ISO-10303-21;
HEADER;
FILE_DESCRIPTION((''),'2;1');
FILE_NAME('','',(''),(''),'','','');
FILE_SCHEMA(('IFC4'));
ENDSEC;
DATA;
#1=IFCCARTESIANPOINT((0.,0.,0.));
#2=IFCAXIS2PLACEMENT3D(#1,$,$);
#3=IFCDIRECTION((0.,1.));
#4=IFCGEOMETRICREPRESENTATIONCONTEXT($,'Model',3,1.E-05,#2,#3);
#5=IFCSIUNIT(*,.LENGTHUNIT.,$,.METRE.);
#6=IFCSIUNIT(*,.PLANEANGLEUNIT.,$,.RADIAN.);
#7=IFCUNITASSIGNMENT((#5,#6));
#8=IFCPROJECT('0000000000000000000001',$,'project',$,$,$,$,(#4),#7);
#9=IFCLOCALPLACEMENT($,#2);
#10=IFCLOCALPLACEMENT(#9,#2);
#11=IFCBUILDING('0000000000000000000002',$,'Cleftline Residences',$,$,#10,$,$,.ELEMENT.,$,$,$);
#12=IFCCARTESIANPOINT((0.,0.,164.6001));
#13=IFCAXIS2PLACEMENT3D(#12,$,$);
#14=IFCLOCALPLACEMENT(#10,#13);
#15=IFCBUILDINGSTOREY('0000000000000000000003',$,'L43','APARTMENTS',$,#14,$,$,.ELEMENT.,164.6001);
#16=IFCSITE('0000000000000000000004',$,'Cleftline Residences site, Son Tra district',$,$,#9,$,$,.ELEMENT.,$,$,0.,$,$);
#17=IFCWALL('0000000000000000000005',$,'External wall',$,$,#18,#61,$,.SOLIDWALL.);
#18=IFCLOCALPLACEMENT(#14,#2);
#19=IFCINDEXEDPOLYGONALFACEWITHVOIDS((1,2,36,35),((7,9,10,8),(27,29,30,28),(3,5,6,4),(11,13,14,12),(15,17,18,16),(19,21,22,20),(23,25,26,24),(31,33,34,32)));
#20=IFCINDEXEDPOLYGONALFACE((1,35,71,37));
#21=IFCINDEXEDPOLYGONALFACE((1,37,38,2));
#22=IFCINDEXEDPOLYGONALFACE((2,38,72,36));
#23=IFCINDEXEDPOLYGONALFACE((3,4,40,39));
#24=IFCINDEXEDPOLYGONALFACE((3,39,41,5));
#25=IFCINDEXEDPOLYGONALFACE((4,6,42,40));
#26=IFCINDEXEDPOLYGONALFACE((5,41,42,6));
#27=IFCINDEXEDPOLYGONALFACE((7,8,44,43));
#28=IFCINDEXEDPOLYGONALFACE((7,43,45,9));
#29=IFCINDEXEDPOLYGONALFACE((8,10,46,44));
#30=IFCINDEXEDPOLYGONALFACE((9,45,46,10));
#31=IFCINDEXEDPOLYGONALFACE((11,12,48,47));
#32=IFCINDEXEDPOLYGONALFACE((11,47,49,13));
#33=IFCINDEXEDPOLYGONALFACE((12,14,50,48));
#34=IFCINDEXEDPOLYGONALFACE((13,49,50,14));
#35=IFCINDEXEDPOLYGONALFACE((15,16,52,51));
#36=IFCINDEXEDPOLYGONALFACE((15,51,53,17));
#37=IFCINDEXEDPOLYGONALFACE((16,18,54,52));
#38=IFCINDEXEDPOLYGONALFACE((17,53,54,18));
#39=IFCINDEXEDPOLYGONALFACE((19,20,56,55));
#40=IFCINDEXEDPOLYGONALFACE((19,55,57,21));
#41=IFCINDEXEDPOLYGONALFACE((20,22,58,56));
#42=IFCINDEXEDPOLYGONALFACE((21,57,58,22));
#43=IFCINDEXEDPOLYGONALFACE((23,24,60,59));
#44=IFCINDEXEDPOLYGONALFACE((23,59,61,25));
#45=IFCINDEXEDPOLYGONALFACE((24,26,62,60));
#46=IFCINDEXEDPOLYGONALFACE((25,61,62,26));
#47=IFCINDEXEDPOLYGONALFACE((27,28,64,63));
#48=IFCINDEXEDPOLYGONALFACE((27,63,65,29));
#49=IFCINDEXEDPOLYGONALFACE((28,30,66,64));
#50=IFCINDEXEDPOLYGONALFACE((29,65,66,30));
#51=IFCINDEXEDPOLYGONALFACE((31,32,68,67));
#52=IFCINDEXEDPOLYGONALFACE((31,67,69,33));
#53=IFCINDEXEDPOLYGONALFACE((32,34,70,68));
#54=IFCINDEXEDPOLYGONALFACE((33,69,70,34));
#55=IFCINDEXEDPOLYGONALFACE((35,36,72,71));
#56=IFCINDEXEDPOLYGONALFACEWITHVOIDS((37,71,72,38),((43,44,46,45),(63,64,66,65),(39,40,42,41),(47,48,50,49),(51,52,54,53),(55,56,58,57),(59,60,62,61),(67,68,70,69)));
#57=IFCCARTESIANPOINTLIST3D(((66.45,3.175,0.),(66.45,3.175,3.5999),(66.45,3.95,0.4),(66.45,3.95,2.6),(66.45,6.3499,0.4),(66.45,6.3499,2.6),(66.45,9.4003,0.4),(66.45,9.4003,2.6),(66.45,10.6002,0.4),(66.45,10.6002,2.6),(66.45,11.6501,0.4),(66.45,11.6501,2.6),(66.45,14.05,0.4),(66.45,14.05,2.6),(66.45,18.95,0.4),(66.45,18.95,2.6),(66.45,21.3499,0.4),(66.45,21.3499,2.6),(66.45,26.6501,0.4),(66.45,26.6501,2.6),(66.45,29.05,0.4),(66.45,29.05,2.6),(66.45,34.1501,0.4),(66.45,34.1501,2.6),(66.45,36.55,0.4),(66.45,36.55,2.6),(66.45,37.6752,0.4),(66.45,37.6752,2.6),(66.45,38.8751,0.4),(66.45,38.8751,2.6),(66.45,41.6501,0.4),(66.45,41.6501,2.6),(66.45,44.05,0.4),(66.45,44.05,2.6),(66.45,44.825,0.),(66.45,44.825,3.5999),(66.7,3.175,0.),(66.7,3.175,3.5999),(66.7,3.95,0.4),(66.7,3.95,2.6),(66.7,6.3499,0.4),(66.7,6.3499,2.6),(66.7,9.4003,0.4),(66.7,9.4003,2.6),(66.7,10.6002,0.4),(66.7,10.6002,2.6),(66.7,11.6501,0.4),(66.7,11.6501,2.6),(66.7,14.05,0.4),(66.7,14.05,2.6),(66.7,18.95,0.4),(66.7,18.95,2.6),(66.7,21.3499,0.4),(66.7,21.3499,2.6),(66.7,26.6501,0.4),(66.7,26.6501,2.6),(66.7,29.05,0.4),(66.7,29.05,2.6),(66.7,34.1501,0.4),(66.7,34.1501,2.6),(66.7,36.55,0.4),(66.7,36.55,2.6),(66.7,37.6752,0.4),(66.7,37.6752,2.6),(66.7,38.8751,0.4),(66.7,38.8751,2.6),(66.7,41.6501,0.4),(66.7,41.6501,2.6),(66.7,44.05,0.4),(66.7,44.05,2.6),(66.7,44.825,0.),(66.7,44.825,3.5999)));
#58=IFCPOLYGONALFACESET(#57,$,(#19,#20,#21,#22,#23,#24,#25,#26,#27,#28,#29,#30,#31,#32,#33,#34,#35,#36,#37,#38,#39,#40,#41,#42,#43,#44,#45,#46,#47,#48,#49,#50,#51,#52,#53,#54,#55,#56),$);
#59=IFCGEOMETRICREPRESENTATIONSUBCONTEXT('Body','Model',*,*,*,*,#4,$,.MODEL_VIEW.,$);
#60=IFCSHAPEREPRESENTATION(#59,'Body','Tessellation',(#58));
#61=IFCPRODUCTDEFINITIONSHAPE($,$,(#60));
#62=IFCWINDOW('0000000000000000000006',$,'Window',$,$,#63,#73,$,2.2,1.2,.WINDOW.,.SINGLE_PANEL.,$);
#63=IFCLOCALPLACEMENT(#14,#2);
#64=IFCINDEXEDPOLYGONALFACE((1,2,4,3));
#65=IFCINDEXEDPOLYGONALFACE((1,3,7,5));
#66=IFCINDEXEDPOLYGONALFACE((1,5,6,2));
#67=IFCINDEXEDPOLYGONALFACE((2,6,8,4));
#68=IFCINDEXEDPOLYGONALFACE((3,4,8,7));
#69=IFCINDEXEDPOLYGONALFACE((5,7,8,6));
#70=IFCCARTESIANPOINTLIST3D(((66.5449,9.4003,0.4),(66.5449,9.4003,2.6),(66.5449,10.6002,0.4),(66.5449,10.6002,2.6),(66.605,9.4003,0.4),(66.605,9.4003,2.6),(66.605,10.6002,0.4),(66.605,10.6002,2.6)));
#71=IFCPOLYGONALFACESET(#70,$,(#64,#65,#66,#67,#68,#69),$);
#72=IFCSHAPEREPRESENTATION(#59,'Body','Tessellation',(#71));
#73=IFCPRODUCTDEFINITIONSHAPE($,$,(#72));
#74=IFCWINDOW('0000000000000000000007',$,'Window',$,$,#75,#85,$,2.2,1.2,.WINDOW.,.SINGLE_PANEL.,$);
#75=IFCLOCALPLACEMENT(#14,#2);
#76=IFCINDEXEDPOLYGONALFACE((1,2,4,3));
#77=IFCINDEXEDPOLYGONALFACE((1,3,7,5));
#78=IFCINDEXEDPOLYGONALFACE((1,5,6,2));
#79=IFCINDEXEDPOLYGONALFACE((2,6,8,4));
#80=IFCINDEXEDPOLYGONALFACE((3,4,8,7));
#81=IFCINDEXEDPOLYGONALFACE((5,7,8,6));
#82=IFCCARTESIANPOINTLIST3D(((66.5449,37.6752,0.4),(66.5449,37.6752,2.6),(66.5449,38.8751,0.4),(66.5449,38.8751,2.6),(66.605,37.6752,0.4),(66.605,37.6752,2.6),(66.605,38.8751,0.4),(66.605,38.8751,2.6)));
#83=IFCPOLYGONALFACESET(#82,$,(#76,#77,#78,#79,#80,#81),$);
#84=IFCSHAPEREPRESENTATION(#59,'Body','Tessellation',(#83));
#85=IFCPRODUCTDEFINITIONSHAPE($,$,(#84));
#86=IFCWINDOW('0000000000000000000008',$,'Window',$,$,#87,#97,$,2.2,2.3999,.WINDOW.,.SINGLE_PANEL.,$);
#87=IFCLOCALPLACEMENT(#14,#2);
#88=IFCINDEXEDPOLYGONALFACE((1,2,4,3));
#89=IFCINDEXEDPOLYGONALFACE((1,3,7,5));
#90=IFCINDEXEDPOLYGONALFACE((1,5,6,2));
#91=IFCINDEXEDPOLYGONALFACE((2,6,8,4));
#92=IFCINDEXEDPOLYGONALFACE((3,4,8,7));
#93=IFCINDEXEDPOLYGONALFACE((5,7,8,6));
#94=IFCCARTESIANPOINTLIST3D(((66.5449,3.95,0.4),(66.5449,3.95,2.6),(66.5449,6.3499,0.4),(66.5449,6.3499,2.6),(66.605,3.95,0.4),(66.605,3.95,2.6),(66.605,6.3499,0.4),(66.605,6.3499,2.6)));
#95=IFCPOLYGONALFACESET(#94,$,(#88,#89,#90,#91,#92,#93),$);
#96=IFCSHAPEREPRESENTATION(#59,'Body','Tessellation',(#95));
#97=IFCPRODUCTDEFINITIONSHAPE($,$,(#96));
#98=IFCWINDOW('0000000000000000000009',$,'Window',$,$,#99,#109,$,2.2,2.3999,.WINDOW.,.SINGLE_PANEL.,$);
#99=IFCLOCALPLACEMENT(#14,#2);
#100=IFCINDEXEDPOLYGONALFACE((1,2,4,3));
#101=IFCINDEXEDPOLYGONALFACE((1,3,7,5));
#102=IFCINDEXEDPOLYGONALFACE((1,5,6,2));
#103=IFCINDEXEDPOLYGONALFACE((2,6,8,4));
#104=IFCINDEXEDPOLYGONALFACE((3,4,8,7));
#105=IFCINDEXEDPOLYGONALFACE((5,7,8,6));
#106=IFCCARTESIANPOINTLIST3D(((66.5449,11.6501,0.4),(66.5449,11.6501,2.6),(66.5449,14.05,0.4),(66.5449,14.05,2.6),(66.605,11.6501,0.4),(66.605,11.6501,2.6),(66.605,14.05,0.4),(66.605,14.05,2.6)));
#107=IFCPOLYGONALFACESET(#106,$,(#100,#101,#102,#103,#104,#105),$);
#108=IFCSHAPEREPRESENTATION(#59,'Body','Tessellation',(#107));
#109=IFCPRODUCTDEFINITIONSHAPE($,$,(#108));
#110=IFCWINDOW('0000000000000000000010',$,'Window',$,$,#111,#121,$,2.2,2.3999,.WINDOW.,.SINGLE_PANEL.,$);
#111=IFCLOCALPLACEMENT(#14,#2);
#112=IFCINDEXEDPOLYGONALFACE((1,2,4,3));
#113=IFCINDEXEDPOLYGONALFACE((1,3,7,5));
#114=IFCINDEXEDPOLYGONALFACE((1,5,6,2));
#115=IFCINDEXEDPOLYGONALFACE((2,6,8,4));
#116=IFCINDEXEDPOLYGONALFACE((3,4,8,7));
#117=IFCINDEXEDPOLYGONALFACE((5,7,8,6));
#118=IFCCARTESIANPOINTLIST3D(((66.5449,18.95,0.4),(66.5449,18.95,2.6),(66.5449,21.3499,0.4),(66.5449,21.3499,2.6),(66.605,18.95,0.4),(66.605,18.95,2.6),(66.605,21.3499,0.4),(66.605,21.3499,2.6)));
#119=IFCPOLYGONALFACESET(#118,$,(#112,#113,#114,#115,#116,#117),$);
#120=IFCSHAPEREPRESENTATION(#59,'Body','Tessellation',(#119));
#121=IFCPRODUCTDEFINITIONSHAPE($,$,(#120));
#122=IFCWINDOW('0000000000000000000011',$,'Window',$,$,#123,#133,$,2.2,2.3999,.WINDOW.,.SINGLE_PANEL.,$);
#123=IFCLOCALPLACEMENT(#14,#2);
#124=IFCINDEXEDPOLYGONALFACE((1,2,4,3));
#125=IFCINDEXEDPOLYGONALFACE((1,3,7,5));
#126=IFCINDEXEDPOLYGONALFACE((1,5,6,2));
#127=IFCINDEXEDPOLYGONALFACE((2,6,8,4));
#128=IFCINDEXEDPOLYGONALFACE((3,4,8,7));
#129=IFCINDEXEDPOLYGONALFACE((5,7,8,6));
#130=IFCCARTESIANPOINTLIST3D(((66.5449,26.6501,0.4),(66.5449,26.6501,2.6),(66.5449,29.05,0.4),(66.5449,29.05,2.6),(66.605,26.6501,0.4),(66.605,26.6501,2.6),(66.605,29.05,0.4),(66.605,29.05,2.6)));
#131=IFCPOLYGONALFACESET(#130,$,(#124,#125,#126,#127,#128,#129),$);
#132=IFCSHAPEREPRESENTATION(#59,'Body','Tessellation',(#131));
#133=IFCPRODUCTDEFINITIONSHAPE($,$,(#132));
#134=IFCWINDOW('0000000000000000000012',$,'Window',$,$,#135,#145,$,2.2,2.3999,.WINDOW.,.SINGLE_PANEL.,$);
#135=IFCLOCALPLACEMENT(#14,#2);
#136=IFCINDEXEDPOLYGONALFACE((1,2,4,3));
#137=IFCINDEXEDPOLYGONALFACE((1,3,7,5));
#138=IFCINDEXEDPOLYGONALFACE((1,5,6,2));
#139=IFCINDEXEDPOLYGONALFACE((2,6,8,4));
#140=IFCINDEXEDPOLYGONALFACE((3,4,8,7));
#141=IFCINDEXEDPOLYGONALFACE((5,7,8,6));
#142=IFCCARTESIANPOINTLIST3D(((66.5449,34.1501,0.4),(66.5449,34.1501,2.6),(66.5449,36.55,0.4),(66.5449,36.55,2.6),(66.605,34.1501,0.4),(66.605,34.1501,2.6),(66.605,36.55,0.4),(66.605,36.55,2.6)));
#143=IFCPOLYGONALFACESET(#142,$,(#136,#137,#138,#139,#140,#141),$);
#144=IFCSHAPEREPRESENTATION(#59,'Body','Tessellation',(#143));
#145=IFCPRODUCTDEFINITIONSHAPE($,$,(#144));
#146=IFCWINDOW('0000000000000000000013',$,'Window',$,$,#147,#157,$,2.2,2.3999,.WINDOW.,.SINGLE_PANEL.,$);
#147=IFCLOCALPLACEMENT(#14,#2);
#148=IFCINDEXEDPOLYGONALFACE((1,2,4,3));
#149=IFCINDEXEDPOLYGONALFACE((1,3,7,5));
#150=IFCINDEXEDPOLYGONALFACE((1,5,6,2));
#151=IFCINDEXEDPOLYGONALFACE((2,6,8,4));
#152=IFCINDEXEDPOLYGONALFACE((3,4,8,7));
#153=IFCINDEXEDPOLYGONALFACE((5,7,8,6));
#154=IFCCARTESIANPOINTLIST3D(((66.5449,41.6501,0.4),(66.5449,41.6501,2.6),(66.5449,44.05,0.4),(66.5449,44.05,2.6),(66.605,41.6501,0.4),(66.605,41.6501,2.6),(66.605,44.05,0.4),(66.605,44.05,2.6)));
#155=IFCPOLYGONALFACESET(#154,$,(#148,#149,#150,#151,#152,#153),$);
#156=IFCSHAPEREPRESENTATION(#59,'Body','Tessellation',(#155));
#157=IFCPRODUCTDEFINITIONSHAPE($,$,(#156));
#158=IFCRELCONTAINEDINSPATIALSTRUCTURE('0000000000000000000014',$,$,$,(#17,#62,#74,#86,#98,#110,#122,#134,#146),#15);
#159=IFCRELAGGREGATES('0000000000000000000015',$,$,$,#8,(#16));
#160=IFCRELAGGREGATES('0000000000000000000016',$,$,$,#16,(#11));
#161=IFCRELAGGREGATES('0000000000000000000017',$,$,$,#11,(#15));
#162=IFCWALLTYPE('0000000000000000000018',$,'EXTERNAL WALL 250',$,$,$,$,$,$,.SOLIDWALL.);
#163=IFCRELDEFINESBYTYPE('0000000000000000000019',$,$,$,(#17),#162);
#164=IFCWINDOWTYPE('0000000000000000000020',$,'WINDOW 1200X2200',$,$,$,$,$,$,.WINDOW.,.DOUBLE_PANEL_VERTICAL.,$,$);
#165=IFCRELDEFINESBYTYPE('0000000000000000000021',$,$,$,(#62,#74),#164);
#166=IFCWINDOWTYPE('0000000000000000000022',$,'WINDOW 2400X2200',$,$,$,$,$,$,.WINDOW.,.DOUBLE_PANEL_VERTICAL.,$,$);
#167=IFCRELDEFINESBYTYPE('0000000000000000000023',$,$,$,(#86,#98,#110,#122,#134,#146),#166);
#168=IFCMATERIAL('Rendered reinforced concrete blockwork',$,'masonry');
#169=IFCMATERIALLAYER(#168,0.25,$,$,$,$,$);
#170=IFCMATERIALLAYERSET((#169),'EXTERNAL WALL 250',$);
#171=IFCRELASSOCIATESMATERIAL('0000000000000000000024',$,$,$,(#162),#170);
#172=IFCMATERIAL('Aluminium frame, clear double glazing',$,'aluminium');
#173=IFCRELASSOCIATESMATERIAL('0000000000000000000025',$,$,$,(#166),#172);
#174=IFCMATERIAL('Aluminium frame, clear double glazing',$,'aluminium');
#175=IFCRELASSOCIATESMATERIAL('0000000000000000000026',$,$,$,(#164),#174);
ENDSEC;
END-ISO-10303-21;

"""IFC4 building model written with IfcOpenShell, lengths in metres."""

from ifc_helpers import new_model, si_unit, direction, frame, frame_2d, origin, place, context, subcontext, project, spatial, rectangle, extrude, material, layer, layer_set, type_object, element, fill, save


model = new_model("IFC4")

# Units and contexts
model_context = context("Model", 3, precision=1e-05, world=origin(), true_north=direction((0.0, 1.0)))
body_context = subcontext(model_context, "Body", "Model", "MODEL_VIEW")
ifc_project = project(units=[si_unit("LENGTHUNIT", "METRE"), si_unit("PLANEANGLEUNIT", "RADIAN")], contexts=[model_context])

# Site, building, storey
site_placement = place(None, origin())
site = spatial("IfcSite", under=ifc_project, at=site_placement, Name="Cleftline Residences site, Son Tra district", CompositionType="ELEMENT", RefElevation=0.0)
building_placement = place(site_placement, origin())
building = spatial("IfcBuilding", under=site, at=building_placement, Name="Cleftline Residences", CompositionType="ELEMENT")
storey_placement = place(building_placement, frame((0.0, 0.0, 164.6001)))
storey = spatial("IfcBuildingStorey", under=building, at=storey_placement, Name="L43", Description="APARTMENTS", CompositionType="ELEMENT", Elevation=164.6001)

# Shared definitions
ifc_material_1 = material(Name="Rendered reinforced concrete blockwork", Category="masonry")
ifc_layer_1 = layer(ifc_material_1, 0.25)
ifc_layer_set_1 = layer_set([ifc_layer_1], Name="EXTERNAL WALL 250")
wall_type_1 = type_object("IfcWallType", Name="EXTERNAL WALL 250", PredefinedType="SOLIDWALL", material=ifc_layer_set_1)
ifc_material_2 = material(Name="Aluminium frame, clear double glazing", Category="aluminium")
window_type_1 = type_object("IfcWindowType", Name="WINDOW 2400X2200", PartitioningType="DOUBLE_PANEL_VERTICAL", PredefinedType="WINDOW", material=ifc_material_2)

# Wall, openings, windows
wall_1_placement = place(storey_placement, frame((66.575, 3.175, 0.0), z_axis=(0.0, 0.0, 1.0), x_axis=(0.0, 1.0, 0.0)))
wall_1 = element("IfcWall", 1, at=wall_1_placement, inside=storey, type_object=wall_type_1, Name="External wall", PredefinedType="SOLIDWALL", context=body_context, shape_type="SweptSolid", body=[
    extrude(rectangle(XDim=41.6499, YDim=0.25, at=frame_2d((20.825, 0.0))), origin(), (0.0, 0.0, 1.0), 3.5999),
])
opening_1_placement = place(wall_1_placement, frame((0.7749, 0.0, 0.3999)))
opening_1 = element("IfcOpeningElement", 2, at=opening_1_placement, cuts=wall_1, PredefinedType="OPENING", context=body_context, shape_type="SweptSolid", body=[
    extrude(rectangle(XDim=2.3999, YDim=2.2, at=frame_2d((1.2, 1.1001))), frame((0.0, 0.135, 0.0), z_axis=(0.0, -1.0, 0.0), x_axis=(1.0, 0.0, 0.0)), (0.0, 0.0, 1.0), 0.27),
])
opening_2_placement = place(wall_1_placement, frame((6.2251, 0.0, 0.3999)))
opening_2 = element("IfcOpeningElement", 3, at=opening_2_placement, cuts=wall_1, PredefinedType="OPENING", context=body_context, shape_type="SweptSolid", body=[
    extrude(rectangle(XDim=1.2, YDim=2.2, at=frame_2d((0.6001, 1.1001))), frame((0.0, 0.135, 0.0), z_axis=(0.0, -1.0, 0.0), x_axis=(1.0, 0.0, 0.0)), (0.0, 0.0, 1.0), 0.27),
])
opening_3_placement = place(wall_1_placement, frame((8.4751, 0.0, 0.3999)))
opening_3 = element("IfcOpeningElement", 4, at=opening_3_placement, cuts=wall_1, PredefinedType="OPENING", context=body_context, shape_type="SweptSolid", body=[
    extrude(rectangle(XDim=2.3999, YDim=2.2, at=frame_2d((1.2, 1.1001))), frame((0.0, 0.135, 0.0), z_axis=(0.0, -1.0, 0.0), x_axis=(1.0, 0.0, 0.0)), (0.0, 0.0, 1.0), 0.27),
])
opening_4_placement = place(wall_1_placement, frame((15.7749, 0.0, 0.3999)))
opening_4 = element("IfcOpeningElement", 5, at=opening_4_placement, cuts=wall_1, PredefinedType="OPENING", context=body_context, shape_type="SweptSolid", body=[
    extrude(rectangle(XDim=2.3999, YDim=2.2, at=frame_2d((1.2, 1.1001))), frame((0.0, 0.135, 0.0), z_axis=(0.0, -1.0, 0.0), x_axis=(1.0, 0.0, 0.0)), (0.0, 0.0, 1.0), 0.27),
])
opening_5_placement = place(wall_1_placement, frame((23.4751, 0.0, 0.3999)))
opening_5 = element("IfcOpeningElement", 6, at=opening_5_placement, cuts=wall_1, PredefinedType="OPENING", context=body_context, shape_type="SweptSolid", body=[
    extrude(rectangle(XDim=2.3999, YDim=2.2, at=frame_2d((1.2, 1.1001))), frame((0.0, 0.135, 0.0), z_axis=(0.0, -1.0, 0.0), x_axis=(1.0, 0.0, 0.0)), (0.0, 0.0, 1.0), 0.27),
])
opening_6_placement = place(wall_1_placement, frame((30.9751, 0.0, 0.3999)))
opening_6 = element("IfcOpeningElement", 7, at=opening_6_placement, cuts=wall_1, PredefinedType="OPENING", context=body_context, shape_type="SweptSolid", body=[
    extrude(rectangle(XDim=2.3999, YDim=2.2, at=frame_2d((1.2, 1.1001))), frame((0.0, 0.135, 0.0), z_axis=(0.0, -1.0, 0.0), x_axis=(1.0, 0.0, 0.0)), (0.0, 0.0, 1.0), 0.27),
])
opening_7_placement = place(wall_1_placement, frame((34.5, 0.0, 0.3999)))
opening_7 = element("IfcOpeningElement", 8, at=opening_7_placement, cuts=wall_1, PredefinedType="OPENING", context=body_context, shape_type="SweptSolid", body=[
    extrude(rectangle(XDim=1.2, YDim=2.2, at=frame_2d((0.6001, 1.1001))), frame((0.0, 0.135, 0.0), z_axis=(0.0, -1.0, 0.0), x_axis=(1.0, 0.0, 0.0)), (0.0, 0.0, 1.0), 0.27),
])
opening_8_placement = place(wall_1_placement, frame((38.4751, 0.0, 0.3999)))
opening_8 = element("IfcOpeningElement", 9, at=opening_8_placement, cuts=wall_1, PredefinedType="OPENING", context=body_context, shape_type="SweptSolid", body=[
    extrude(rectangle(XDim=2.3999, YDim=2.2, at=frame_2d((1.2, 1.1001))), frame((0.0, 0.135, 0.0), z_axis=(0.0, -1.0, 0.0), x_axis=(1.0, 0.0, 0.0)), (0.0, 0.0, 1.0), 0.27),
])
ifc_material_3 = material(Name="Aluminium frame, clear double glazing", Category="aluminium")
window_type_2 = type_object("IfcWindowType", Name="WINDOW 1200X2200", PartitioningType="DOUBLE_PANEL_VERTICAL", PredefinedType="WINDOW", material=ifc_material_3)
window_1_placement = place(opening_2_placement, origin())
window_1 = element("IfcWindow", 10, at=window_1_placement, inside=storey, type_object=window_type_2, Name="Window", OverallHeight=2.2, OverallWidth=1.2, PartitioningType="SINGLE_PANEL", PredefinedType="WINDOW", context=body_context, shape_type="SweptSolid", body=[
    extrude(rectangle(XDim=1.2, YDim=2.2, at=frame_2d((0.6001, 1.1001))), frame((0.0, 0.03, 0.0), z_axis=(0.0, -1.0, 0.0), x_axis=(1.0, 0.0, 0.0)), (0.0, 0.0, 1.0), 0.0601),
])
fill(opening_2, window_1)
window_2_placement = place(opening_7_placement, origin())
window_2 = element("IfcWindow", 11, at=window_2_placement, inside=storey, type_object=window_type_2, Name="Window", OverallHeight=2.2, OverallWidth=1.2, PartitioningType="SINGLE_PANEL", PredefinedType="WINDOW", context=body_context, shape_type="SweptSolid", body=[
    extrude(rectangle(XDim=1.2, YDim=2.2, at=frame_2d((0.6001, 1.1001))), frame((0.0, 0.03, 0.0), z_axis=(0.0, -1.0, 0.0), x_axis=(1.0, 0.0, 0.0)), (0.0, 0.0, 1.0), 0.0601),
])
fill(opening_7, window_2)
window_3_placement = place(opening_1_placement, origin())
window_3 = element("IfcWindow", 12, at=window_3_placement, inside=storey, type_object=window_type_1, Name="Window", OverallHeight=2.2, OverallWidth=2.3999, PartitioningType="SINGLE_PANEL", PredefinedType="WINDOW", context=body_context, shape_type="SweptSolid", body=[
    extrude(rectangle(XDim=2.3999, YDim=2.2, at=frame_2d((1.2, 1.1001))), frame((0.0, 0.03, 0.0), z_axis=(0.0, -1.0, 0.0), x_axis=(1.0, 0.0, 0.0)), (0.0, 0.0, 1.0), 0.0601),
])
fill(opening_1, window_3)
window_4_placement = place(opening_3_placement, origin())
window_4 = element("IfcWindow", 13, at=window_4_placement, inside=storey, type_object=window_type_1, Name="Window", OverallHeight=2.2, OverallWidth=2.3999, PartitioningType="SINGLE_PANEL", PredefinedType="WINDOW", context=body_context, shape_type="SweptSolid", body=[
    extrude(rectangle(XDim=2.3999, YDim=2.2, at=frame_2d((1.2, 1.1001))), frame((0.0, 0.03, 0.0), z_axis=(0.0, -1.0, 0.0), x_axis=(1.0, 0.0, 0.0)), (0.0, 0.0, 1.0), 0.0601),
])
fill(opening_3, window_4)
window_5_placement = place(opening_4_placement, origin())
window_5 = element("IfcWindow", 14, at=window_5_placement, inside=storey, type_object=window_type_1, Name="Window", OverallHeight=2.2, OverallWidth=2.3999, PartitioningType="SINGLE_PANEL", PredefinedType="WINDOW", context=body_context, shape_type="SweptSolid", body=[
    extrude(rectangle(XDim=2.3999, YDim=2.2, at=frame_2d((1.2, 1.1001))), frame((0.0, 0.03, 0.0), z_axis=(0.0, -1.0, 0.0), x_axis=(1.0, 0.0, 0.0)), (0.0, 0.0, 1.0), 0.0601),
])
fill(opening_4, window_5)
window_6_placement = place(opening_5_placement, origin())
window_6 = element("IfcWindow", 15, at=window_6_placement, inside=storey, type_object=window_type_1, Name="Window", OverallHeight=2.2, OverallWidth=2.3999, PartitioningType="SINGLE_PANEL", PredefinedType="WINDOW", context=body_context, shape_type="SweptSolid", body=[
    extrude(rectangle(XDim=2.3999, YDim=2.2, at=frame_2d((1.2, 1.1001))), frame((0.0, 0.03, 0.0), z_axis=(0.0, -1.0, 0.0), x_axis=(1.0, 0.0, 0.0)), (0.0, 0.0, 1.0), 0.0601),
])
fill(opening_5, window_6)
window_7_placement = place(opening_6_placement, origin())
window_7 = element("IfcWindow", 16, at=window_7_placement, inside=storey, type_object=window_type_1, Name="Window", OverallHeight=2.2, OverallWidth=2.3999, PartitioningType="SINGLE_PANEL", PredefinedType="WINDOW", context=body_context, shape_type="SweptSolid", body=[
    extrude(rectangle(XDim=2.3999, YDim=2.2, at=frame_2d((1.2, 1.1001))), frame((0.0, 0.03, 0.0), z_axis=(0.0, -1.0, 0.0), x_axis=(1.0, 0.0, 0.0)), (0.0, 0.0, 1.0), 0.0601),
])
fill(opening_6, window_7)
window_8_placement = place(opening_8_placement, origin())
window_8 = element("IfcWindow", 17, at=window_8_placement, inside=storey, type_object=window_type_1, Name="Window", OverallHeight=2.2, OverallWidth=2.3999, PartitioningType="SINGLE_PANEL", PredefinedType="WINDOW", context=body_context, shape_type="SweptSolid", body=[
    extrude(rectangle(XDim=2.3999, YDim=2.2, at=frame_2d((1.2, 1.1001))), frame((0.0, 0.03, 0.0), z_axis=(0.0, -1.0, 0.0), x_axis=(1.0, 0.0, 0.0)), (0.0, 0.0, 1.0), 0.0601),
])
fill(opening_8, window_8)

save(model, "model.ifc")
